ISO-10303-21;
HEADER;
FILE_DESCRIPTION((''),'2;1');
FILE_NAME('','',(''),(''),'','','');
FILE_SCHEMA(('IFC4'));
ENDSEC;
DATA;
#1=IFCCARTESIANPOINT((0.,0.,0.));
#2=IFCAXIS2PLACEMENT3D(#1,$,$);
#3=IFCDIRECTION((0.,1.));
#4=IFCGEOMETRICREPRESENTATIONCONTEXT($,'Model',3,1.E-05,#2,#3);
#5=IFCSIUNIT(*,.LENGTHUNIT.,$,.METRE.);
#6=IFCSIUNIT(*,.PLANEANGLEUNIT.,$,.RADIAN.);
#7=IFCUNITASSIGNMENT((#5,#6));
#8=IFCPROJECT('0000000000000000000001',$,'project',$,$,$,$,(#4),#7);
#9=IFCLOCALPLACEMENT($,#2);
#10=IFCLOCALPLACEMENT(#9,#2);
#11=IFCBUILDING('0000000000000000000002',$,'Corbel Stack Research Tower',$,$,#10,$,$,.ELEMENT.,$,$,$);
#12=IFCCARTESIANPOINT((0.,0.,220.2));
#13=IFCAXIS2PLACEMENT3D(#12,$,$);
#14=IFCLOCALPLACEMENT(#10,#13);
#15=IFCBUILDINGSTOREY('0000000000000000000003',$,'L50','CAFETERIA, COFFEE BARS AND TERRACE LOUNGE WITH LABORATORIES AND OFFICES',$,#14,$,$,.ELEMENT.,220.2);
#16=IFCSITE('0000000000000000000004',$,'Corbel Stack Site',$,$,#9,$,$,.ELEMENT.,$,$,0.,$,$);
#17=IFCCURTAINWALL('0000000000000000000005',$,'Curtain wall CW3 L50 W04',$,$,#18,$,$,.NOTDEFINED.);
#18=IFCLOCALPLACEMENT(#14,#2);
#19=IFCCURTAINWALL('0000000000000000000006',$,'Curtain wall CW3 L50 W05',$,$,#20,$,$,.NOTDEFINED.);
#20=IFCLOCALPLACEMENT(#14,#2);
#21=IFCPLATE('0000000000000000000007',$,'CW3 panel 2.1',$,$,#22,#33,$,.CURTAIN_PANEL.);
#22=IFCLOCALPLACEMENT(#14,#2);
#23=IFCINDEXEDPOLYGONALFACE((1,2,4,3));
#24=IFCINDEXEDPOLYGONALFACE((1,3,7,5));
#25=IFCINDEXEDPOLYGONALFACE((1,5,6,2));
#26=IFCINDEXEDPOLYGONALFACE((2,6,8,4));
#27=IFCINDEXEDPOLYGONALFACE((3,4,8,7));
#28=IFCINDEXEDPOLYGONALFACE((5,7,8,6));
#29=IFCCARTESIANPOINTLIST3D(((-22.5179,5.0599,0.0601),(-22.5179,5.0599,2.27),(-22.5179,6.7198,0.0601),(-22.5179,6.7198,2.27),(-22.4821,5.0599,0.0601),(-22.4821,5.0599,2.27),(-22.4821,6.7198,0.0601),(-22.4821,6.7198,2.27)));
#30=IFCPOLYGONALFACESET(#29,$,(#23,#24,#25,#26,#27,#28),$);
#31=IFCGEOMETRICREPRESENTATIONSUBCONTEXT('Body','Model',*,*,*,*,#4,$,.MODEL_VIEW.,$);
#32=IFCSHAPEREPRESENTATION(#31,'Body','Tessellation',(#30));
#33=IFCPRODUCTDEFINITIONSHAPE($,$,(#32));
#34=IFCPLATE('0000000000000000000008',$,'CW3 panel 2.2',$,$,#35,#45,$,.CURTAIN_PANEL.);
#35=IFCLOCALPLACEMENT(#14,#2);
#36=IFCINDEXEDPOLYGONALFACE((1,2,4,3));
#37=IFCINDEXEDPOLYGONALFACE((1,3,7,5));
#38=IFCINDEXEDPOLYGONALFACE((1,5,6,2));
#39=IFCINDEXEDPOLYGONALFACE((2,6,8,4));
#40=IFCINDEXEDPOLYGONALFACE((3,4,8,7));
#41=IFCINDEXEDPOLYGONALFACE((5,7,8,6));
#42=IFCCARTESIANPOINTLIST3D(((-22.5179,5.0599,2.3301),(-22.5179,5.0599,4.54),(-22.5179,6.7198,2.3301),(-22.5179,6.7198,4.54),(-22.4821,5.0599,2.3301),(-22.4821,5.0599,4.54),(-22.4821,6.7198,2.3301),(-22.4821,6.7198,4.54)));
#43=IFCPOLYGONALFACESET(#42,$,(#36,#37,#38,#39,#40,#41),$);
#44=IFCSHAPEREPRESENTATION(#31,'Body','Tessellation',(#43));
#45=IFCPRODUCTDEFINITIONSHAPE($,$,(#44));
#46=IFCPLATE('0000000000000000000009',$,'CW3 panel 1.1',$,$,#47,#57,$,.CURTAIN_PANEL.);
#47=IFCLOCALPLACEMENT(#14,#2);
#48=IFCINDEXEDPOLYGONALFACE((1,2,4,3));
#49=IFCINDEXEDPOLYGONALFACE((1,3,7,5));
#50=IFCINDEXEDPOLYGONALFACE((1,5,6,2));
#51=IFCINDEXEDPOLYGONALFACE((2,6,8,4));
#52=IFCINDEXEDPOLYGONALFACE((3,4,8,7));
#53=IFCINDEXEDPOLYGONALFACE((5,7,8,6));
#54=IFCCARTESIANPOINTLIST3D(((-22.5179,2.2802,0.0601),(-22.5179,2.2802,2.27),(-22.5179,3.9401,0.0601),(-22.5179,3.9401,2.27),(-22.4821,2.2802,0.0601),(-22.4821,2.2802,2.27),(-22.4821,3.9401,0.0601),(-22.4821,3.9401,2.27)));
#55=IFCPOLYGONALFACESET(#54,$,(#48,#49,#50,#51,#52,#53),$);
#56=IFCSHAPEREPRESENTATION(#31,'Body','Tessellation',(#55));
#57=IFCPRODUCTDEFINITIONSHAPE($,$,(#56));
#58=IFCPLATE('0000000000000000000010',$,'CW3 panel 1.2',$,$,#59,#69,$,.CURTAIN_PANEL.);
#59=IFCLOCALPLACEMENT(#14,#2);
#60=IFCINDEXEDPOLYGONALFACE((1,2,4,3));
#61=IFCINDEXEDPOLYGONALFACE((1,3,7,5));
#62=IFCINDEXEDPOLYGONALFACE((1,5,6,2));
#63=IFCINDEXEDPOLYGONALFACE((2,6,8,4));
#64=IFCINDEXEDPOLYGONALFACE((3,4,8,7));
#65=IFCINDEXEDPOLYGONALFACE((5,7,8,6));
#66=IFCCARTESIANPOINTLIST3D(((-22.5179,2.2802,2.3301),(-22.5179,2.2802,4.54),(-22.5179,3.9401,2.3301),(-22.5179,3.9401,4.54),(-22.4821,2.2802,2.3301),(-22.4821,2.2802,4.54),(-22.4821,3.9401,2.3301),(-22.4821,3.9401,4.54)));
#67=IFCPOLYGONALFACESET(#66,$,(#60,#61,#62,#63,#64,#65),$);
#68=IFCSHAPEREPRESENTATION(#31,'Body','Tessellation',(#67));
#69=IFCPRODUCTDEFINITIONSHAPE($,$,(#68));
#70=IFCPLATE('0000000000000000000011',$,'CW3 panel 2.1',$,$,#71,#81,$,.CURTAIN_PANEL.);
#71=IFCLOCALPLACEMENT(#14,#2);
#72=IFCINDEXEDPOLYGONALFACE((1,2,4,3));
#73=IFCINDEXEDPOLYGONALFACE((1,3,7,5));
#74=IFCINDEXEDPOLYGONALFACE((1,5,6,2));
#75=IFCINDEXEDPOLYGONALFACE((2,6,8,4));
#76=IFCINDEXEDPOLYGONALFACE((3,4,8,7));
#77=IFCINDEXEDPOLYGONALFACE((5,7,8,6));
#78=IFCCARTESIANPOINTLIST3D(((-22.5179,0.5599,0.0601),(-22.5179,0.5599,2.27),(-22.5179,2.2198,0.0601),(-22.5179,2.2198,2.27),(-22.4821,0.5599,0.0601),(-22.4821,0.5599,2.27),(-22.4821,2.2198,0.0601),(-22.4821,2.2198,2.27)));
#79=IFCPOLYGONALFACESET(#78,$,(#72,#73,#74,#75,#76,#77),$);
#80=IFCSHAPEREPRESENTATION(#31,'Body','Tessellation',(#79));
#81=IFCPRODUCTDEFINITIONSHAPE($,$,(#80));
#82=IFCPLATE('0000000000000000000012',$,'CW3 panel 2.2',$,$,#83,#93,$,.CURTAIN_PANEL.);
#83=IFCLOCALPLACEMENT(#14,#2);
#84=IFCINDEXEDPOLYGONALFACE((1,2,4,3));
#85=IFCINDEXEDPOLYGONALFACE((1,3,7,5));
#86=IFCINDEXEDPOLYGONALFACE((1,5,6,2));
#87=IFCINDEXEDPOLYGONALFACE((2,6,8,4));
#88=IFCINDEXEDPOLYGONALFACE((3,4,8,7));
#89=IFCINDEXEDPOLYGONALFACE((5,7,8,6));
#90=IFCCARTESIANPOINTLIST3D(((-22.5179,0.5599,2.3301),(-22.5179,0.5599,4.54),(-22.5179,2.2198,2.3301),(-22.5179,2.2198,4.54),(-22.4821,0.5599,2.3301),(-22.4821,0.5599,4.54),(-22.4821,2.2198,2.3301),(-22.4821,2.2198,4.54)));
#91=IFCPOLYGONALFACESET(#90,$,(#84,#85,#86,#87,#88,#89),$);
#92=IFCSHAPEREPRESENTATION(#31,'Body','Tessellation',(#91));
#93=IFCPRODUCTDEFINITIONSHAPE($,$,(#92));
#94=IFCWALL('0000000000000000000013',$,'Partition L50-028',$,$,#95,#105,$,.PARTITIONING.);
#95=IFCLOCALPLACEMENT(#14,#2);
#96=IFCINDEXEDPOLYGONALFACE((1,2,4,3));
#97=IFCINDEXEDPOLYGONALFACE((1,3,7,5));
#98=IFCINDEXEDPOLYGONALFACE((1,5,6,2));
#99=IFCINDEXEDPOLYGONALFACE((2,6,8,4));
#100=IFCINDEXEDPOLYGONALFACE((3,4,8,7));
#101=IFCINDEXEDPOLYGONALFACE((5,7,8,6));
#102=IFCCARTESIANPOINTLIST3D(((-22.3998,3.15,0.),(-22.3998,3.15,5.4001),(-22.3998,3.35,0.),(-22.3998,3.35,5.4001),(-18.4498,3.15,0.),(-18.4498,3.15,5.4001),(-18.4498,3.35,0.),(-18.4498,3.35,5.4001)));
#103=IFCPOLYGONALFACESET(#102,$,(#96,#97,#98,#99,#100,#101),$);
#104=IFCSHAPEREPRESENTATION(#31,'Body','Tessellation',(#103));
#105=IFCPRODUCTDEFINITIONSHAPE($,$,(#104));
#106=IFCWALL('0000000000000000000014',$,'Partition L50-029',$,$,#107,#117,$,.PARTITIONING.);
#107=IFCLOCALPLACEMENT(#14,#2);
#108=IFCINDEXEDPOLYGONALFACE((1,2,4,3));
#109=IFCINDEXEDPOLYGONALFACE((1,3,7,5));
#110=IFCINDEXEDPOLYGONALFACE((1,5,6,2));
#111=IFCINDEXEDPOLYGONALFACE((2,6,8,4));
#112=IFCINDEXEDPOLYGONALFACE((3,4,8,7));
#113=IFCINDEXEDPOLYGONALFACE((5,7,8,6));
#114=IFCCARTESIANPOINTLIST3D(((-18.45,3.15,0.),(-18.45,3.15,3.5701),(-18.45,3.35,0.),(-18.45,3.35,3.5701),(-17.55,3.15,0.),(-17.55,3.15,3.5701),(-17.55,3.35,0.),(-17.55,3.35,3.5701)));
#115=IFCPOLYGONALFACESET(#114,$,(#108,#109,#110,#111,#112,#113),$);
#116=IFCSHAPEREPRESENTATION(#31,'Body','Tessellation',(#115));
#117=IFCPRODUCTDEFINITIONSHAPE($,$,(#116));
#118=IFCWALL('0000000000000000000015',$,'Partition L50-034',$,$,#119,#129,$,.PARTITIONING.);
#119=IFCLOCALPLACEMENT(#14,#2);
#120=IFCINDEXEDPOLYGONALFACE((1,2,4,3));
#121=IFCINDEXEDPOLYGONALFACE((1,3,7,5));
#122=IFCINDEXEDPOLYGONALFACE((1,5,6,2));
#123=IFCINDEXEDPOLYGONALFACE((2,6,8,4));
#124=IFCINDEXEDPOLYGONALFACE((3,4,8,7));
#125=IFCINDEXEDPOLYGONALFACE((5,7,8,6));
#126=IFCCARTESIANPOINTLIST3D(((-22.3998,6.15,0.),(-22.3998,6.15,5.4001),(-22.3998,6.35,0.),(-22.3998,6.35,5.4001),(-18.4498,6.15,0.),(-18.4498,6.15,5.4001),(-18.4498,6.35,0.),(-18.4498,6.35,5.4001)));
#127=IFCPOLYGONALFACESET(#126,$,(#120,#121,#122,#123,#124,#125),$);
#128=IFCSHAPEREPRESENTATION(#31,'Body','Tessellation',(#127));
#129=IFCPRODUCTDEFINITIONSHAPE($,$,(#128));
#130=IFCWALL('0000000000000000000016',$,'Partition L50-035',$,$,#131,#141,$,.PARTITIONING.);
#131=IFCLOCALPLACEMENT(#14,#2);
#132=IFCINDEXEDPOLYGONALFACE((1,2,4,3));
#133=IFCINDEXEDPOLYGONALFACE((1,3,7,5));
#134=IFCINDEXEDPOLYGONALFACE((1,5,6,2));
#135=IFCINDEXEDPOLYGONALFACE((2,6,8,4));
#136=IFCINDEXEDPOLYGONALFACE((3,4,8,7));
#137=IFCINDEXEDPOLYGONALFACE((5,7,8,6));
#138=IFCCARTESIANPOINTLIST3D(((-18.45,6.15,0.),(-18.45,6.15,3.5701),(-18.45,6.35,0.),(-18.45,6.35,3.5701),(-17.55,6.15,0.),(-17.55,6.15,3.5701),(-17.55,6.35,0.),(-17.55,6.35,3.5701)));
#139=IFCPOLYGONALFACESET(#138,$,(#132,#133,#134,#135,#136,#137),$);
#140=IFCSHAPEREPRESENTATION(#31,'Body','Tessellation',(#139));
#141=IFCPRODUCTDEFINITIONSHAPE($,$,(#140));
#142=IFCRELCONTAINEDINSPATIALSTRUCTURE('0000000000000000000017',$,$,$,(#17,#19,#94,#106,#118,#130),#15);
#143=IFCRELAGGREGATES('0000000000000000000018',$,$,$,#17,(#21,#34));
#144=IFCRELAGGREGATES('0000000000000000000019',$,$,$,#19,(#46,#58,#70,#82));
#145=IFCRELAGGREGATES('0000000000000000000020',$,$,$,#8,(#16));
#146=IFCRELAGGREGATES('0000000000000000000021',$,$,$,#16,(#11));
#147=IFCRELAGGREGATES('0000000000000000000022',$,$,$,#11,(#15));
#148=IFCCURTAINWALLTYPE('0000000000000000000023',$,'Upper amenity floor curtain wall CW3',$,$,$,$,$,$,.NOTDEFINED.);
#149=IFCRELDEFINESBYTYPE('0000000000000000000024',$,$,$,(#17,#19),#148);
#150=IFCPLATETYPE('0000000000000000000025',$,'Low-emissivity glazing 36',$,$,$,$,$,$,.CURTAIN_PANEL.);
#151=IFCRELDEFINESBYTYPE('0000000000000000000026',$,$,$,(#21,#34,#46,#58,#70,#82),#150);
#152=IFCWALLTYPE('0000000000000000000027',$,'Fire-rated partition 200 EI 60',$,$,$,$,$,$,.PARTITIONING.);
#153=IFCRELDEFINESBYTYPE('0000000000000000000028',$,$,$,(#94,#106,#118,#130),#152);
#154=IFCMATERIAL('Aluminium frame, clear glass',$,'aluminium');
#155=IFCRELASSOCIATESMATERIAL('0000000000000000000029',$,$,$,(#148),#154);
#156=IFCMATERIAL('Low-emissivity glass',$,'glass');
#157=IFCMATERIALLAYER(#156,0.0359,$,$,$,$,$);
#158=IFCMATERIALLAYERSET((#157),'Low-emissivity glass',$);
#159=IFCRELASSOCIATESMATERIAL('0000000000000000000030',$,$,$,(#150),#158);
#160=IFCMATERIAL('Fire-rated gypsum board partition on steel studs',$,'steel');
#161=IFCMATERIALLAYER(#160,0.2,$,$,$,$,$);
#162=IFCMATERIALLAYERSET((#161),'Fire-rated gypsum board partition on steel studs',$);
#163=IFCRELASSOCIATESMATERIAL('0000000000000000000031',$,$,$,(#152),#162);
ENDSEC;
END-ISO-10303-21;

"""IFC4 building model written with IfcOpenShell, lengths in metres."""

from ifc_helpers import new_model, si_unit, direction, frame, frame_2d, origin, origin_2d, place, context, subcontext, project, spatial, rectangle, extrude, material, layer, layer_set, type_object, element, aggregate, save


model = new_model("IFC4")

# Units and contexts
model_context = context("Model", 3, precision=1e-05, world=origin(), true_north=direction((0.0, 1.0)))
body_context = subcontext(model_context, "Body", "Model", "MODEL_VIEW")
ifc_project = project(units=[si_unit("LENGTHUNIT", "METRE"), si_unit("PLANEANGLEUNIT", "RADIAN")], contexts=[model_context])

# Site, building, storey
site_placement = place(None, origin())
site = spatial("IfcSite", under=ifc_project, at=site_placement, Name="Corbel Stack Site", CompositionType="ELEMENT", RefElevation=0.0)
building_placement = place(site_placement, origin())
building = spatial("IfcBuilding", under=site, at=building_placement, Name="Corbel Stack Research Tower", CompositionType="ELEMENT")
storey_placement = place(building_placement, frame((0.0, 0.0, 220.2)))
storey = spatial("IfcBuildingStorey", under=building, at=storey_placement, Name="L50", Description="CAFETERIA, COFFEE BARS AND TERRACE LOUNGE WITH LABORATORIES AND OFFICES", CompositionType="ELEMENT", Elevation=220.2)

# Curtain wall
ifc_material_1 = material(Name="Aluminium frame, clear glass", Category="aluminium")
curtain_wall_type = type_object("IfcCurtainWallType", Name="Upper amenity floor curtain wall CW3", PredefinedType="NOTDEFINED", material=ifc_material_1)
curtain_wall_1_placement = place(storey_placement, origin())
curtain_wall_1 = element("IfcCurtainWall", 1, at=curtain_wall_1_placement, inside=storey, type_object=curtain_wall_type, Name="Curtain wall CW3 L50 W04", PredefinedType="NOTDEFINED")

# Curtain wall
curtain_wall_2_placement = place(storey_placement, origin())
curtain_wall_2 = element("IfcCurtainWall", 2, at=curtain_wall_2_placement, inside=storey, type_object=curtain_wall_type, Name="Curtain wall CW3 L50 W05", PredefinedType="NOTDEFINED")

# Plates
ifc_material_2 = material(Name="Low-emissivity glass", Category="glass")
ifc_layer_1 = layer(ifc_material_2, 0.0359)
ifc_layer_set_1 = layer_set([ifc_layer_1], Name="Low-emissivity glass")
plate_type = type_object("IfcPlateType", Name="Low-emissivity glazing 36", PredefinedType="CURTAIN_PANEL", material=ifc_layer_set_1)
plate_1_placement = place(storey_placement, frame((-22.5, 5.8899, 0.0601), z_axis=(0.0, 0.0, 1.0), x_axis=(0.0, -1.0, 0.0)))
plate_1 = element("IfcPlate", 3, at=plate_1_placement, type_object=plate_type, Name="CW3 panel 2.1", PredefinedType="CURTAIN_PANEL", context=body_context, shape_type="SweptSolid", body=[
    extrude(rectangle(XDim=1.6599, YDim=0.0359, at=origin_2d()), origin(), (0.0, 0.0, 1.0), 2.21),
])
plate_2_placement = place(storey_placement, frame((-22.5, 5.8899, 2.3301), z_axis=(0.0, 0.0, 1.0), x_axis=(0.0, -1.0, 0.0)))
plate_2 = element("IfcPlate", 4, at=plate_2_placement, type_object=plate_type, Name="CW3 panel 2.2", PredefinedType="CURTAIN_PANEL", context=body_context, shape_type="SweptSolid", body=[
    extrude(rectangle(XDim=1.6599, YDim=0.0359, at=origin_2d()), origin(), (0.0, 0.0, 1.0), 2.21),
])
aggregate(curtain_wall_1, [plate_1, plate_2])
plate_3_placement = place(storey_placement, frame((-22.5, 3.1101, 0.0601), z_axis=(0.0, 0.0, 1.0), x_axis=(0.0, -1.0, 0.0)))
plate_3 = element("IfcPlate", 5, at=plate_3_placement, type_object=plate_type, Name="CW3 panel 1.1", PredefinedType="CURTAIN_PANEL", context=body_context, shape_type="SweptSolid", body=[
    extrude(rectangle(XDim=1.6599, YDim=0.0359, at=origin_2d()), origin(), (0.0, 0.0, 1.0), 2.21),
])
plate_4_placement = place(storey_placement, frame((-22.5, 3.1101, 2.3301), z_axis=(0.0, 0.0, 1.0), x_axis=(0.0, -1.0, 0.0)))
plate_4 = element("IfcPlate", 6, at=plate_4_placement, type_object=plate_type, Name="CW3 panel 1.2", PredefinedType="CURTAIN_PANEL", context=body_context, shape_type="SweptSolid", body=[
    extrude(rectangle(XDim=1.6599, YDim=0.0359, at=origin_2d()), origin(), (0.0, 0.0, 1.0), 2.21),
])
plate_5_placement = place(storey_placement, frame((-22.5, 1.3899, 0.0601), z_axis=(0.0, 0.0, 1.0), x_axis=(0.0, -1.0, 0.0)))
plate_5 = element("IfcPlate", 7, at=plate_5_placement, type_object=plate_type, Name="CW3 panel 2.1", PredefinedType="CURTAIN_PANEL", context=body_context, shape_type="SweptSolid", body=[
    extrude(rectangle(XDim=1.6599, YDim=0.0359, at=origin_2d()), origin(), (0.0, 0.0, 1.0), 2.21),
])
plate_6_placement = place(storey_placement, frame((-22.5, 1.3899, 2.3301), z_axis=(0.0, 0.0, 1.0), x_axis=(0.0, -1.0, 0.0)))
plate_6 = element("IfcPlate", 8, at=plate_6_placement, type_object=plate_type, Name="CW3 panel 2.2", PredefinedType="CURTAIN_PANEL", context=body_context, shape_type="SweptSolid", body=[
    extrude(rectangle(XDim=1.6599, YDim=0.0359, at=origin_2d()), origin(), (0.0, 0.0, 1.0), 2.21),
])
aggregate(curtain_wall_2, [plate_3, plate_4, plate_5, plate_6])

# Walls
ifc_material_3 = material(Name="Fire-rated gypsum board partition on steel studs", Category="steel")
ifc_layer_2 = layer(ifc_material_3, 0.2)
ifc_layer_set_2 = layer_set([ifc_layer_2], Name="Fire-rated gypsum board partition on steel studs")
wall_type = type_object("IfcWallType", Name="Fire-rated partition 200 EI 60", PredefinedType="PARTITIONING", material=ifc_layer_set_2)
wall_1_placement = place(storey_placement, frame((-22.3999, 3.25, 0.0), z_axis=(0.0, 0.0, 1.0), x_axis=(1.0, 0.0, 0.0)))
element("IfcWall", 9, at=wall_1_placement, inside=storey, type_object=wall_type, Name="Partition L50-028", PredefinedType="PARTITIONING", context=body_context, shape_type="SweptSolid", body=[
    extrude(rectangle(XDim=3.95, YDim=0.2, at=frame_2d((1.9751, 0.0))), origin(), (0.0, 0.0, 1.0), 5.4001),
])
wall_2_placement = place(storey_placement, frame((-18.45, 3.25, 0.0), z_axis=(0.0, 0.0, 1.0), x_axis=(1.0, 0.0, 0.0)))
element("IfcWall", 10, at=wall_2_placement, inside=storey, type_object=wall_type, Name="Partition L50-029", PredefinedType="PARTITIONING", context=body_context, shape_type="SweptSolid", body=[
    extrude(rectangle(XDim=0.8999, YDim=0.2, at=frame_2d((0.45, 0.0))), origin(), (0.0, 0.0, 1.0), 3.5701),
])
wall_3_placement = place(storey_placement, frame((-22.3999, 6.25, 0.0), z_axis=(0.0, 0.0, 1.0), x_axis=(1.0, 0.0, 0.0)))
element("IfcWall", 11, at=wall_3_placement, inside=storey, type_object=wall_type, Name="Partition L50-034", PredefinedType="PARTITIONING", context=body_context, shape_type="SweptSolid", body=[
    extrude(rectangle(XDim=3.95, YDim=0.2, at=frame_2d((1.9751, 0.0))), origin(), (0.0, 0.0, 1.0), 5.4001),
])
wall_4_placement = place(storey_placement, frame((-18.45, 6.25, 0.0), z_axis=(0.0, 0.0, 1.0), x_axis=(1.0, 0.0, 0.0)))
element("IfcWall", 12, at=wall_4_placement, inside=storey, type_object=wall_type, Name="Partition L50-035", PredefinedType="PARTITIONING", context=body_context, shape_type="SweptSolid", body=[
    extrude(rectangle(XDim=0.8999, YDim=0.2, at=frame_2d((0.45, 0.0))), origin(), (0.0, 0.0, 1.0), 3.5701),
])

save(model, "model.ifc")
